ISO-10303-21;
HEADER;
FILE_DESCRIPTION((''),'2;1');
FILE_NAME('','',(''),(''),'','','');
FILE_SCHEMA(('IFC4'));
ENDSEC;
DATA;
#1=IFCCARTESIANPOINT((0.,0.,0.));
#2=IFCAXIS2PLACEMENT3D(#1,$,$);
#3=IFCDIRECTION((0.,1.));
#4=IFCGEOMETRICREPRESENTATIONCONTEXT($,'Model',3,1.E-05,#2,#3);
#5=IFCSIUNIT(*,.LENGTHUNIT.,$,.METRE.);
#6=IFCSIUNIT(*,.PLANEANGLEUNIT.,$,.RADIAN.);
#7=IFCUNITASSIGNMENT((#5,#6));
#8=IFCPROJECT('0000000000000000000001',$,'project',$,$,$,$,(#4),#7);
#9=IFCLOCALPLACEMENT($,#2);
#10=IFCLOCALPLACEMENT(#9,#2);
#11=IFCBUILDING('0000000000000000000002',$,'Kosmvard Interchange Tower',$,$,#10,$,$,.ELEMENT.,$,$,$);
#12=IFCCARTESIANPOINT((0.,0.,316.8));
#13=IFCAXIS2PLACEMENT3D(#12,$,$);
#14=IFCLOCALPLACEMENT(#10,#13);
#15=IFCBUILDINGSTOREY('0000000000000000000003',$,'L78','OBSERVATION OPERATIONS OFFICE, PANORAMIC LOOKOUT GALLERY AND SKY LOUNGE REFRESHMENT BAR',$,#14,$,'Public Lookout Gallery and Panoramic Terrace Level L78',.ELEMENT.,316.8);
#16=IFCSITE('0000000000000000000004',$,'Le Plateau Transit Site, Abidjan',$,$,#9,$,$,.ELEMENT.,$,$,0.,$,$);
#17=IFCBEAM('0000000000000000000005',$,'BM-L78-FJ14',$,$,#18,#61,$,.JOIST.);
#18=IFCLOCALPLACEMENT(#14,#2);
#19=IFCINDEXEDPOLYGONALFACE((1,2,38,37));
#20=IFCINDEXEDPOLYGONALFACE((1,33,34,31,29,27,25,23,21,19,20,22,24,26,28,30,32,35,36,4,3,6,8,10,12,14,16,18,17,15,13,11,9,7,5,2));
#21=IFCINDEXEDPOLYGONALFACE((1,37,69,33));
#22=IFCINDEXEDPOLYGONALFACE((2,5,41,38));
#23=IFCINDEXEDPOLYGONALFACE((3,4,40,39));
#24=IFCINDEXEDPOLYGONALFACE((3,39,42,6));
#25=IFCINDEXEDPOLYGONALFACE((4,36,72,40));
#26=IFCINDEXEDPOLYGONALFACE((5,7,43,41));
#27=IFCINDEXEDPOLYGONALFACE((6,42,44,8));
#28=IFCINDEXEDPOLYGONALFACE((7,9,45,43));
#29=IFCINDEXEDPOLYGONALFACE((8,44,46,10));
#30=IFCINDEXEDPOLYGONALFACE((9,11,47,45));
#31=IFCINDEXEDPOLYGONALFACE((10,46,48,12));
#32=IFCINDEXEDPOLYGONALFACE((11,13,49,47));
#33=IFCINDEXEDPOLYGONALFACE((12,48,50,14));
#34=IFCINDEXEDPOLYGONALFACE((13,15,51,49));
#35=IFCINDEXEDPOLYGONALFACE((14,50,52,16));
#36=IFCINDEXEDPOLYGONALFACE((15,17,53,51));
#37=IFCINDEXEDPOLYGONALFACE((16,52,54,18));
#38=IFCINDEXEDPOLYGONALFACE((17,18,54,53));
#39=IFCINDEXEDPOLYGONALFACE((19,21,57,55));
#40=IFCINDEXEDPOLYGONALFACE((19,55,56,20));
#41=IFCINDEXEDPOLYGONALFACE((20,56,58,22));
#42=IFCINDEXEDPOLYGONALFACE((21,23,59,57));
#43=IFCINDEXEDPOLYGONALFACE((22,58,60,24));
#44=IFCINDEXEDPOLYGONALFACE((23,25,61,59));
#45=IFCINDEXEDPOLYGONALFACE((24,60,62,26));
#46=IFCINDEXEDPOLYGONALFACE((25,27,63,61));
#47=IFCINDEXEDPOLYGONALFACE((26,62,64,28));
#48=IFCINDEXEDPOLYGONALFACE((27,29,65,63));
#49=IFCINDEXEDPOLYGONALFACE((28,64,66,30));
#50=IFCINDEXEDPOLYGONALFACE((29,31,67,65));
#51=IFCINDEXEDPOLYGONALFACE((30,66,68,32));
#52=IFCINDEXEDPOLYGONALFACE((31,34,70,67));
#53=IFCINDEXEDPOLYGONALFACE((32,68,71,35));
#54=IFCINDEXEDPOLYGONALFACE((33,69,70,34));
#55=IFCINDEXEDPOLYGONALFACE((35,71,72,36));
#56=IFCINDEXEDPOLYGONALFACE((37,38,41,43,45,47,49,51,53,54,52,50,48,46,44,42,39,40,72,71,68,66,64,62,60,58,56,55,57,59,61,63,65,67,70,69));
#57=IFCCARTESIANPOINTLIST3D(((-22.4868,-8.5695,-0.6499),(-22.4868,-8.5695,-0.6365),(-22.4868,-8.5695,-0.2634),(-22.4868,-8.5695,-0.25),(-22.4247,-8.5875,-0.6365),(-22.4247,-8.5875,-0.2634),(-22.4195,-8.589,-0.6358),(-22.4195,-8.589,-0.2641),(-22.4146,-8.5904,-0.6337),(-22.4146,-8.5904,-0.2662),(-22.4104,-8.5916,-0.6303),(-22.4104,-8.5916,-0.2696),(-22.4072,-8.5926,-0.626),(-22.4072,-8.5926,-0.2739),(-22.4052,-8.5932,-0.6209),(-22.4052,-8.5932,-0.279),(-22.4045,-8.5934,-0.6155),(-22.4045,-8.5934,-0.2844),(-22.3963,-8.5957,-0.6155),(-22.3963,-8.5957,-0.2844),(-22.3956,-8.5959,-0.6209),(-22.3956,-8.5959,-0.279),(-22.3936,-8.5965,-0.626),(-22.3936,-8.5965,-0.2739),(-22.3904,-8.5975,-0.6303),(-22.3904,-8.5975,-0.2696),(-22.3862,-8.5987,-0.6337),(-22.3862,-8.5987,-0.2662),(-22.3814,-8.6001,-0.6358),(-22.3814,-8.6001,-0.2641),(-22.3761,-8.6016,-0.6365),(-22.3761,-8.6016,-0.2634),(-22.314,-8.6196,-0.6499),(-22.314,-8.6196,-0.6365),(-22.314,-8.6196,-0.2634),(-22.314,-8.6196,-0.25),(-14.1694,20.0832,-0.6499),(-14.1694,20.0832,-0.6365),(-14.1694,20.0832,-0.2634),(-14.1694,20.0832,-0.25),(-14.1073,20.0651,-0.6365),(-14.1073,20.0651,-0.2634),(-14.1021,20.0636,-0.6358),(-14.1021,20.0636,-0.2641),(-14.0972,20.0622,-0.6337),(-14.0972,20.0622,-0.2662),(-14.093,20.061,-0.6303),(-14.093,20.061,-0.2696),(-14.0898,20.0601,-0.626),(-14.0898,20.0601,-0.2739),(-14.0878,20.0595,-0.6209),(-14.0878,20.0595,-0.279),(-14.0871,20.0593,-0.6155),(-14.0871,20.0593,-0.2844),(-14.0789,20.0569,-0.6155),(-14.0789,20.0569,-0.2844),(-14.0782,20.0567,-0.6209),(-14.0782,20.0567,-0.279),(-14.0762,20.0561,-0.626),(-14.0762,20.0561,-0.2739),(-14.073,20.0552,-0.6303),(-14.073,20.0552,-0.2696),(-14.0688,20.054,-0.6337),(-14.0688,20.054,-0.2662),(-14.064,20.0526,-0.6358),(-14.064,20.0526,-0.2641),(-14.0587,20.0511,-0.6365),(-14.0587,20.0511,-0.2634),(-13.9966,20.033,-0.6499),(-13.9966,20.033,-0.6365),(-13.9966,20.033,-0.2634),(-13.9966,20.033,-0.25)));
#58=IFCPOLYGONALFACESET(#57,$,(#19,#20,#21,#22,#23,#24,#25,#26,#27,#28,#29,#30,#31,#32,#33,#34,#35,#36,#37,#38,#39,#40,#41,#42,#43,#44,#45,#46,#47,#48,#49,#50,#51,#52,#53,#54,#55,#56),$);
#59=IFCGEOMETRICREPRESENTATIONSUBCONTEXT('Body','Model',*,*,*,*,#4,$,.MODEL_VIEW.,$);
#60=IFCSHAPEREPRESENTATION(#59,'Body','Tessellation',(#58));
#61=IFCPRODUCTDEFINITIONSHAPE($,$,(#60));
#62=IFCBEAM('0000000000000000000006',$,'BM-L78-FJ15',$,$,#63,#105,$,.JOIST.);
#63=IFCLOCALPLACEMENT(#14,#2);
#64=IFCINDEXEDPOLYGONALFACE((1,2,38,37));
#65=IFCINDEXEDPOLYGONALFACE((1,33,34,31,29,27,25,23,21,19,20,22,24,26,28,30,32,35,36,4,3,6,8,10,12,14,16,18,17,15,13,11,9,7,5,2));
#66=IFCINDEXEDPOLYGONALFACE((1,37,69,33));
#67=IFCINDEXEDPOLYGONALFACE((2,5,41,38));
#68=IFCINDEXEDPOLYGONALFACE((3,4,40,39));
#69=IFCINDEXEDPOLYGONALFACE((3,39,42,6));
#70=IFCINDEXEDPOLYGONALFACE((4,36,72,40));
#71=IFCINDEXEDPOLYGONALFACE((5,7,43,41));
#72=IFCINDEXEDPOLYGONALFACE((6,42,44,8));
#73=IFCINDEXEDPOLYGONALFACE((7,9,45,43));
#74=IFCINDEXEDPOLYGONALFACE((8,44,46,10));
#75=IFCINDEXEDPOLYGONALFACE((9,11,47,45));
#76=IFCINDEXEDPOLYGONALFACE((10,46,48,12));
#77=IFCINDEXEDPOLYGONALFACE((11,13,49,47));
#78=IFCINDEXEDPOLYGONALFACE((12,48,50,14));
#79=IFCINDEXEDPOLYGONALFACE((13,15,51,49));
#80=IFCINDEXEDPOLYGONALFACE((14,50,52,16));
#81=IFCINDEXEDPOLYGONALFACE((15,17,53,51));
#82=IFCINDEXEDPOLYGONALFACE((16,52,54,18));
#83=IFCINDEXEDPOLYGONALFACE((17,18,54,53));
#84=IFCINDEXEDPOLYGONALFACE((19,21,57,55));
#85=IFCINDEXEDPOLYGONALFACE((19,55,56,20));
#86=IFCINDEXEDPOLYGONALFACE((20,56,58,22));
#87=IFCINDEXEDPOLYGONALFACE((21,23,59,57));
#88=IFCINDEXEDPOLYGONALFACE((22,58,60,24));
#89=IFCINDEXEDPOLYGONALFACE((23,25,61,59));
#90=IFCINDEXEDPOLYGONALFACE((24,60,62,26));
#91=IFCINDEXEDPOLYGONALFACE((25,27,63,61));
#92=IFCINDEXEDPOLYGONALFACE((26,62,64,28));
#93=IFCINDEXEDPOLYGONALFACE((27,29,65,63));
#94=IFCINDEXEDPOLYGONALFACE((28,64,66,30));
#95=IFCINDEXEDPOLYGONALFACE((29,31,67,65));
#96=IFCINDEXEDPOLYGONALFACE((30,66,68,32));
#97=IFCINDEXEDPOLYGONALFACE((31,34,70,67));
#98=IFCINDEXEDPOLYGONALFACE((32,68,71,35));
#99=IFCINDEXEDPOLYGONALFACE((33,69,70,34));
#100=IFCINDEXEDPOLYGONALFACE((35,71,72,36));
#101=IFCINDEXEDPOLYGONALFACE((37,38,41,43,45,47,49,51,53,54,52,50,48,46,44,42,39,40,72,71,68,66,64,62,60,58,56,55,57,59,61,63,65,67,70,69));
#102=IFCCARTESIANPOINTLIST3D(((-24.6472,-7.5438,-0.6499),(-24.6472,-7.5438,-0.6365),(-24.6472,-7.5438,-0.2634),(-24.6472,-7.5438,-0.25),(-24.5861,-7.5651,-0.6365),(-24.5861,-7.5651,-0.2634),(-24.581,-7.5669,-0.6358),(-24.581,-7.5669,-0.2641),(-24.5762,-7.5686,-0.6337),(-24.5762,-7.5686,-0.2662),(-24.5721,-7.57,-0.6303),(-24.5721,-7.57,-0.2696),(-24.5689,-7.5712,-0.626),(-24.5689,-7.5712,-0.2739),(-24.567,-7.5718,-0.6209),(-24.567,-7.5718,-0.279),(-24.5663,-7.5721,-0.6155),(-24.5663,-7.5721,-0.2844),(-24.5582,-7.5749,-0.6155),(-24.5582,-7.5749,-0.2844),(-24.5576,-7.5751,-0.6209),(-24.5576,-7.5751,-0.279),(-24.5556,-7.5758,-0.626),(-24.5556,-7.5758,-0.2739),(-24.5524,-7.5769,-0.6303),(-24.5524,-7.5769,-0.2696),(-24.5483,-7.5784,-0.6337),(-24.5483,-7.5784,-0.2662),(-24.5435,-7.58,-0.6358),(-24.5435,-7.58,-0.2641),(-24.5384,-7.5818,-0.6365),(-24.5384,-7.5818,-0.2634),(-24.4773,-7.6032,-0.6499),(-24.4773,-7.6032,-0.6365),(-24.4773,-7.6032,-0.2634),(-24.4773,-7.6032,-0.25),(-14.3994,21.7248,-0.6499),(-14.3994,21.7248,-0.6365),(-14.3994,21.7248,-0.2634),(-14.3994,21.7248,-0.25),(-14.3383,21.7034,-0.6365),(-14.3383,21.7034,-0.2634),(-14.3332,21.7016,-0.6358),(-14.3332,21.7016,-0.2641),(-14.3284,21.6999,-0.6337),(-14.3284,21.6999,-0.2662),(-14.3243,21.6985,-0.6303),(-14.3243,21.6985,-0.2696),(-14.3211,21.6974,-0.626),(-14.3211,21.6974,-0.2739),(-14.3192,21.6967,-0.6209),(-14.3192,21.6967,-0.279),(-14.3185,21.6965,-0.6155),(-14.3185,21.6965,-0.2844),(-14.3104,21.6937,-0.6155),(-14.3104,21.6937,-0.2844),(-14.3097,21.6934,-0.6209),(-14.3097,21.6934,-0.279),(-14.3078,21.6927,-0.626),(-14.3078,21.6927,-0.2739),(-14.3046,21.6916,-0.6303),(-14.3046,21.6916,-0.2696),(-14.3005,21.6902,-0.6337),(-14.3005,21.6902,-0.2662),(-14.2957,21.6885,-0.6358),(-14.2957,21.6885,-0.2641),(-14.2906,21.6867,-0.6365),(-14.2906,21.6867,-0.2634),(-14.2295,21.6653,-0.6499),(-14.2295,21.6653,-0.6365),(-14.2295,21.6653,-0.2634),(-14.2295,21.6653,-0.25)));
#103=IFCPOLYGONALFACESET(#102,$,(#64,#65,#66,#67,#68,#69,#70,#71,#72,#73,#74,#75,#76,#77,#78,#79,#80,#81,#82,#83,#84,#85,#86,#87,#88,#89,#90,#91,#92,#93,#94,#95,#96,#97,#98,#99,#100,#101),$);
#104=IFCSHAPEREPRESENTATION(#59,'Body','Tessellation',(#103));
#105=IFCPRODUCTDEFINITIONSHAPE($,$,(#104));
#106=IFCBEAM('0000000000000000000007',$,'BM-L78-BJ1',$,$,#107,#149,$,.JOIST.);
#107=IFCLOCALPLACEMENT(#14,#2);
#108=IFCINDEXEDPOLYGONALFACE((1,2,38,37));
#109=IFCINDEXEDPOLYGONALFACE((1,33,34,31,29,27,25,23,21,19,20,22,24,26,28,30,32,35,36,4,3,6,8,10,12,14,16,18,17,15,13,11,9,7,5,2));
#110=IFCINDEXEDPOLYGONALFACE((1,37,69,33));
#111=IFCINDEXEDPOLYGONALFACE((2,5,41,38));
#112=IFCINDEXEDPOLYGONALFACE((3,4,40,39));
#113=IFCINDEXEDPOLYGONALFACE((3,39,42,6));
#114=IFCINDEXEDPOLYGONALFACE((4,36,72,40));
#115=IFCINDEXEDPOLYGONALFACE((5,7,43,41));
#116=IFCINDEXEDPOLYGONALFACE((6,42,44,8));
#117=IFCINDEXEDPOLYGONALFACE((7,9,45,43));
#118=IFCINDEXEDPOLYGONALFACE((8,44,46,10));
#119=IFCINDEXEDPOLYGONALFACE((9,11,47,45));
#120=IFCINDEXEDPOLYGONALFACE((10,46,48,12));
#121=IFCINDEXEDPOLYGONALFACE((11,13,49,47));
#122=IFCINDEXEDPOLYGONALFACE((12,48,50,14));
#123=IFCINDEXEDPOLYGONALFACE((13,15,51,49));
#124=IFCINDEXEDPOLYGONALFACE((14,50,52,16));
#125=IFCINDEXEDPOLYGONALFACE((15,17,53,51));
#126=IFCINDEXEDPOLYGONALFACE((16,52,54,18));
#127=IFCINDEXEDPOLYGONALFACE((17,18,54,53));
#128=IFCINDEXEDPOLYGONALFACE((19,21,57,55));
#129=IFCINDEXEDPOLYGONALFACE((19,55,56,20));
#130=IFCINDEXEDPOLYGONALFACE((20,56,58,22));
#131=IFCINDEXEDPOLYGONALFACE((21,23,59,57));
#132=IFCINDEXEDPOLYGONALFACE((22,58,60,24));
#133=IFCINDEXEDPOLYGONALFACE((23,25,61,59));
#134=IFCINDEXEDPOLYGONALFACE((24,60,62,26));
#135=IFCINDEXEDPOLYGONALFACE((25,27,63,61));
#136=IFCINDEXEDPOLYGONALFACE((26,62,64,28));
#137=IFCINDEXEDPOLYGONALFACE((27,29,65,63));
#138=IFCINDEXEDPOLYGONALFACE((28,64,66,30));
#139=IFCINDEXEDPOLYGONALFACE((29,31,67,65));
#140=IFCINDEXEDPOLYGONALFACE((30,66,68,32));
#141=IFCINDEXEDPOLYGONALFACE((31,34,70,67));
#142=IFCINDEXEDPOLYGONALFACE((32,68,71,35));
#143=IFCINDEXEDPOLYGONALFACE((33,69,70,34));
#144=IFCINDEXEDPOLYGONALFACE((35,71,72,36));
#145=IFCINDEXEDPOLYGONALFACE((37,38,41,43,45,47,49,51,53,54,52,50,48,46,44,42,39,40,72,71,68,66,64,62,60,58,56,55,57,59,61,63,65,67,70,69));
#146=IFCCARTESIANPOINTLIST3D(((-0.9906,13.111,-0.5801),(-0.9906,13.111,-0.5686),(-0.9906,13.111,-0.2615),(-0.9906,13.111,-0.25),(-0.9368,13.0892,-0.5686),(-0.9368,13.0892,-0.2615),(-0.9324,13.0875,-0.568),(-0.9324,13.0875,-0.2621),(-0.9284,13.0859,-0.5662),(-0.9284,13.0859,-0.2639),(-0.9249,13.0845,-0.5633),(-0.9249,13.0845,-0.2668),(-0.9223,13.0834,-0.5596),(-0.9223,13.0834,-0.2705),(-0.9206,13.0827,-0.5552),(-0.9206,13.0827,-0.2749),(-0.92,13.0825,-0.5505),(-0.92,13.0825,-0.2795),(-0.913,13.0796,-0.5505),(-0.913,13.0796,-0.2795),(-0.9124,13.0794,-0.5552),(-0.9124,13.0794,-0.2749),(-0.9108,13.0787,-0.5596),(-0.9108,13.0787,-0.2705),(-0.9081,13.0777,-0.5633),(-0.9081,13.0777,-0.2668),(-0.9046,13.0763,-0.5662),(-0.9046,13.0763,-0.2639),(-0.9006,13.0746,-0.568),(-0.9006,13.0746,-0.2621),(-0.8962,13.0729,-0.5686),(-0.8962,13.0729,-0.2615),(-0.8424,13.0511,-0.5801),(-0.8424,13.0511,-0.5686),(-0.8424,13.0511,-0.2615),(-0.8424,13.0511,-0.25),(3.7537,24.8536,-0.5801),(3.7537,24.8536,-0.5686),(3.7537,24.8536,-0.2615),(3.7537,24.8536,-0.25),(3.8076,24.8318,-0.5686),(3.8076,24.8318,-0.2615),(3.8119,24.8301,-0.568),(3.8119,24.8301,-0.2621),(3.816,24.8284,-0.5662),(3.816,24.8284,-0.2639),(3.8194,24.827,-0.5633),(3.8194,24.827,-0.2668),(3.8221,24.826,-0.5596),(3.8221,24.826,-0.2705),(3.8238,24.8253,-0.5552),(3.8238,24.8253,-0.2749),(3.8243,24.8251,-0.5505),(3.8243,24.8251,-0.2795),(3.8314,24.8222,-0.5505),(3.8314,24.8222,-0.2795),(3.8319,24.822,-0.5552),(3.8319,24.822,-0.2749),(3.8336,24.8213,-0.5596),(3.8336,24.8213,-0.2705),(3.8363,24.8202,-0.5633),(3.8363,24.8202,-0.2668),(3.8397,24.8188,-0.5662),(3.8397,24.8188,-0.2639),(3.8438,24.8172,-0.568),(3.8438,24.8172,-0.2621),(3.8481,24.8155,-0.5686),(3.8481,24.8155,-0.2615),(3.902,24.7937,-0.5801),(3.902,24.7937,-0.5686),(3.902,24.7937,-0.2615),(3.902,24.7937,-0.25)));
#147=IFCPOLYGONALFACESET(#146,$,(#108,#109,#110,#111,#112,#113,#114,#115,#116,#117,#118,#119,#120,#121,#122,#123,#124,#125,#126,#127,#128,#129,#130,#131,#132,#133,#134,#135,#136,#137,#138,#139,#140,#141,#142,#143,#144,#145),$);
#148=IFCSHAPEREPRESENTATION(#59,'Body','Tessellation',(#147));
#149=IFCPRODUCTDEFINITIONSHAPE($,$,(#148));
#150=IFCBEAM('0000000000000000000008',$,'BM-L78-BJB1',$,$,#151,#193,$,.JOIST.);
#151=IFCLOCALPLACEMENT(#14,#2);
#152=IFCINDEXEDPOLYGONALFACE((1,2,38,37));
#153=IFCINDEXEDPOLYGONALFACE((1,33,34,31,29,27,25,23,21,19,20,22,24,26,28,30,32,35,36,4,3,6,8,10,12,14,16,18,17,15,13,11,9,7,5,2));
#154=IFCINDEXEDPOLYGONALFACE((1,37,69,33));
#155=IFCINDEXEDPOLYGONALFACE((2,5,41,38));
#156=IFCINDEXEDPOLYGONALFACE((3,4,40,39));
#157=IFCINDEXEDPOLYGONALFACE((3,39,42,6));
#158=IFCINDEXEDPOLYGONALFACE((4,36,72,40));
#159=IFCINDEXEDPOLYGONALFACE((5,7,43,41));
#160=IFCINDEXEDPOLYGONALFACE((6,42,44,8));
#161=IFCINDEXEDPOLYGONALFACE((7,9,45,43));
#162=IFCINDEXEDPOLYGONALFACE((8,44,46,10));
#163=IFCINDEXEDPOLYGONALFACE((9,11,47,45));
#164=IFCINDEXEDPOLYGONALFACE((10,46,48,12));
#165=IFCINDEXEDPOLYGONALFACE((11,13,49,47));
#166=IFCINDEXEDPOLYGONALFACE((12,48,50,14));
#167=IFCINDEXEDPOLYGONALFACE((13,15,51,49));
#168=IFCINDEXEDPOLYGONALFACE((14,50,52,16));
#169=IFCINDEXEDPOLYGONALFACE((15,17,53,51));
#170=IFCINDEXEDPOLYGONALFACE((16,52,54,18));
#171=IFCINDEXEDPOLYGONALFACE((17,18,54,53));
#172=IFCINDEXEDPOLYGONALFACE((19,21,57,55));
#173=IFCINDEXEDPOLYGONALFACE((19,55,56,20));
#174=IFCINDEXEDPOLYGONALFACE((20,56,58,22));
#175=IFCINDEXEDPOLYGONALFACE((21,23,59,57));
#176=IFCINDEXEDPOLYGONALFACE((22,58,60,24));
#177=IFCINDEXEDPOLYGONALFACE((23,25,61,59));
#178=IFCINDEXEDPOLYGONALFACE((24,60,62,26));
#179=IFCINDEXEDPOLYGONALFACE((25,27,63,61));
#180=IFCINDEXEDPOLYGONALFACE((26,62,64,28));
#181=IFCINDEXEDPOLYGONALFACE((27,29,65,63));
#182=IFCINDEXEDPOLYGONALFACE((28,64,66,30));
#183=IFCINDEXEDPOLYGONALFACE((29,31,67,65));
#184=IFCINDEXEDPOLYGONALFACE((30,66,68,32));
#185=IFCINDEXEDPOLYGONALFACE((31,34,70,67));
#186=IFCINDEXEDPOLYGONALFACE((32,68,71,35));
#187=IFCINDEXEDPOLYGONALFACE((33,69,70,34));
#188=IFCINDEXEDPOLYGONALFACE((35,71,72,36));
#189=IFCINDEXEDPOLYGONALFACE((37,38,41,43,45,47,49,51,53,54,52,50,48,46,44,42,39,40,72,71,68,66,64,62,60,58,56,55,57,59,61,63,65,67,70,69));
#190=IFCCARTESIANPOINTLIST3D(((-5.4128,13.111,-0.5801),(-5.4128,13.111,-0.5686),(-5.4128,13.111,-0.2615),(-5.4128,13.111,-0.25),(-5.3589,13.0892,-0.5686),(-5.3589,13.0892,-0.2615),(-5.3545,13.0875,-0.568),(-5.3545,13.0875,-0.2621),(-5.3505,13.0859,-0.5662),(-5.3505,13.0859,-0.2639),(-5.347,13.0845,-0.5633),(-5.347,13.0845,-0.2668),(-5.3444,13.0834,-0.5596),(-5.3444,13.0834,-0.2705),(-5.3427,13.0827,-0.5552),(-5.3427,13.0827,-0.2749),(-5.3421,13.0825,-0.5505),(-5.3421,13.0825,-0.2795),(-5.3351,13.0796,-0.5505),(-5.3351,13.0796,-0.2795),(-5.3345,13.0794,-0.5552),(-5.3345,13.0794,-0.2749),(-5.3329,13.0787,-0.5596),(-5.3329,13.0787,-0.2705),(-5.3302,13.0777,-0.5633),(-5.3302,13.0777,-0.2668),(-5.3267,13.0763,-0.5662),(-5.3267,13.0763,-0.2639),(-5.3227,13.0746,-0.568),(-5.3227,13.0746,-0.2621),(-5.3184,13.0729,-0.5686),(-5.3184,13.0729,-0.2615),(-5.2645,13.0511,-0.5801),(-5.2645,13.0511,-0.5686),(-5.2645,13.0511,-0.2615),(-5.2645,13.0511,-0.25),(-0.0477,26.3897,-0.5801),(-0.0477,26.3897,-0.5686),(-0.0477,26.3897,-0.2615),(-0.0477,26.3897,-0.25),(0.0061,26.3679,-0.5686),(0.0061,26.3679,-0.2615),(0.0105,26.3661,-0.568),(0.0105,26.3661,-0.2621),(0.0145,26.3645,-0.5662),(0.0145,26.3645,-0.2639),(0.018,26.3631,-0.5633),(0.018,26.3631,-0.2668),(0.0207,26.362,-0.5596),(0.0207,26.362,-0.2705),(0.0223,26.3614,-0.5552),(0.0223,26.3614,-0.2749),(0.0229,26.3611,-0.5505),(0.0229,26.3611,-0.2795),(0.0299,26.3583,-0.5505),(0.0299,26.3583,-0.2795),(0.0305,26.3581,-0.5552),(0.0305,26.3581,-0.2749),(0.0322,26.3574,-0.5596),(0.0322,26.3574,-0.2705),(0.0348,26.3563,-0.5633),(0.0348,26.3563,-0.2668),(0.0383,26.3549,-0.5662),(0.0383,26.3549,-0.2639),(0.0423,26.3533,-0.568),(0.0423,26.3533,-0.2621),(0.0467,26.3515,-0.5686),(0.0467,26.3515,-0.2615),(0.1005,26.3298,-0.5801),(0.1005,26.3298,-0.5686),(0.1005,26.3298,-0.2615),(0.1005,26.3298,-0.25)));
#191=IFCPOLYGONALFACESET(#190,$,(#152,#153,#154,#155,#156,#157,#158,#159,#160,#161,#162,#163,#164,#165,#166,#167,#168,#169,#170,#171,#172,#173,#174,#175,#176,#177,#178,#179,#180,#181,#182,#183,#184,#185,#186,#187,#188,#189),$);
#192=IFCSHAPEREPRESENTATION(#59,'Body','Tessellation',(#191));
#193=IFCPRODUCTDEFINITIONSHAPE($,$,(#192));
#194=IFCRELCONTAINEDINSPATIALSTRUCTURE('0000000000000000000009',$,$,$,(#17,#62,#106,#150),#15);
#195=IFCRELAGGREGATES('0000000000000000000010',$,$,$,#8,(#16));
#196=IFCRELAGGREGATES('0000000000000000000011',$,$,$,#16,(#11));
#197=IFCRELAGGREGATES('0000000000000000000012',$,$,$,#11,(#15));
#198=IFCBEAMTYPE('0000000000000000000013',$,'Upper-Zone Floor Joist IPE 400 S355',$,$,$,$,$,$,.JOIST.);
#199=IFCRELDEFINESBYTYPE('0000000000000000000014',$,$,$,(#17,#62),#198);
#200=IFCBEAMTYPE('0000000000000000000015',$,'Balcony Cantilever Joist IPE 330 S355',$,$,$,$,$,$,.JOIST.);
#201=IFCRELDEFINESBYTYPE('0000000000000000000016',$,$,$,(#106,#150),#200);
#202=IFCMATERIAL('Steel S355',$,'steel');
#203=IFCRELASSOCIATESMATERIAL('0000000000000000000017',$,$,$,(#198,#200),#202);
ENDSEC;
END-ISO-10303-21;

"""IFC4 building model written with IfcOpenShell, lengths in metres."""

from ifc_helpers import new_model, si_unit, direction, frame, origin, origin_2d, place, context, subcontext, project, spatial, i_section, extrude, source, transform, mapped, material, material_profile, profile_set, type_object, element, save


model = new_model("IFC4")

# Units and contexts
model_context = context("Model", 3, precision=1e-05, world=origin(), true_north=direction((0.0, 1.0)))
body_context = subcontext(model_context, "Body", "Model", "MODEL_VIEW")
ifc_project = project(units=[si_unit("LENGTHUNIT", "METRE"), si_unit("PLANEANGLEUNIT", "RADIAN")], contexts=[model_context])

# Site, building, storey
site_placement = place(None, origin())
site = spatial("IfcSite", under=ifc_project, at=site_placement, Name="Le Plateau Transit Site, Abidjan", CompositionType="ELEMENT", RefElevation=0.0)
building_placement = place(site_placement, origin())
building = spatial("IfcBuilding", under=site, at=building_placement, Name="Kosmvard Interchange Tower", CompositionType="ELEMENT")
storey_placement = place(building_placement, frame((0.0, 0.0, 316.8)))
storey = spatial("IfcBuildingStorey", under=building, at=storey_placement, Name="L78", Description="OBSERVATION OPERATIONS OFFICE, PANORAMIC LOOKOUT GALLERY AND SKY LOUNGE REFRESHMENT BAR", LongName="Public Lookout Gallery and Panoramic Terrace Level L78", CompositionType="ELEMENT", Elevation=316.8)

# Beams
ifc_material_1 = material(Name="Steel S355", Category="steel")
ifc_material_profile_1 = material_profile(ifc_material_1, i_section(OverallWidth=0.1799, OverallDepth=0.3999, WebThickness=0.0085, FlangeThickness=0.0134, FilletRadius=0.021, at=origin_2d()), Name="IPE 400")
ifc_profile_set_1 = profile_set([ifc_material_profile_1], Name="Steel S355")
beam_type_1 = type_object("IfcBeamType", Name="Upper-Zone Floor Joist IPE 400 S355", PredefinedType="JOIST", material=ifc_profile_set_1)
shared_shape_1 = source(origin(), body_context, "Body", "SweptSolid", [
    extrude(i_section(OverallWidth=0.1799, OverallDepth=0.3999, WebThickness=0.0085, FlangeThickness=0.0134, FilletRadius=0.021, at=origin_2d()), origin(), (0.0, 0.0, 1.0), 29.8354),
])
beam_1_placement = place(storey_placement, frame((-14.083, 20.0581, -0.45), z_axis=(-0.278776, -0.960356, 0.0), x_axis=(0.960356, -0.278776, 0.0)))
element("IfcBeam", 1, at=beam_1_placement, inside=storey, type_object=beam_type_1, Name="BM-L78-FJ14", PredefinedType="JOIST", context=body_context, shape_type="MappedRepresentation", body=[
    mapped(shared_shape_1, transform((0.0, 0.0, 0.0), scale=1.0)),
])
shared_shape_2 = source(origin(), body_context, "Body", "SweptSolid", [
    extrude(i_section(OverallWidth=0.1799, OverallDepth=0.3999, WebThickness=0.0085, FlangeThickness=0.0134, FilletRadius=0.021, at=origin_2d()), origin(), (0.0, 0.0, 1.0), 31.0107),
])
beam_2_placement = place(storey_placement, frame((-14.3145, 21.6951, -0.45), z_axis=(-0.33046, -0.94382, 0.0), x_axis=(0.94382, -0.33046, 0.0)))
element("IfcBeam", 2, at=beam_2_placement, inside=storey, type_object=beam_type_1, Name="BM-L78-FJ15", PredefinedType="JOIST", context=body_context, shape_type="MappedRepresentation", body=[
    mapped(shared_shape_2, transform((0.0, 0.0, 0.0), scale=1.0)),
])
ifc_material_profile_2 = material_profile(ifc_material_1, i_section(OverallWidth=0.1599, OverallDepth=0.3301, WebThickness=0.0076, FlangeThickness=0.0115, FilletRadius=0.0181, at=origin_2d()), Name="IPE 330")
ifc_profile_set_2 = profile_set([ifc_material_profile_2], Name="Steel S355")
beam_type_2 = type_object("IfcBeamType", Name="Balcony Cantilever Joist IPE 330 S355", PredefinedType="JOIST", material=ifc_profile_set_2)
shared_shape_3 = source(origin(), body_context, "Body", "SweptSolid", [
    extrude(i_section(OverallWidth=0.1599, OverallDepth=0.3301, WebThickness=0.0076, FlangeThickness=0.0115, FilletRadius=0.0181, at=origin_2d()), origin(), (0.0, 0.0, 1.0), 12.6648),
])
beam_3_placement = place(storey_placement, frame((-0.9165, 13.0811, -0.415), z_axis=(0.374609, 0.927183, 0.0), x_axis=(-0.927183, 0.374609, 0.0)))
element("IfcBeam", 3, at=beam_3_placement, inside=storey, type_object=beam_type_2, Name="BM-L78-BJ1", PredefinedType="JOIST", context=body_context, shape_type="MappedRepresentation", body=[
    mapped(shared_shape_3, transform((0.0, 0.0, 0.0), scale=1.0)),
])
shared_shape_4 = source(origin(), body_context, "Body", "SweptSolid", [
    extrude(i_section(OverallWidth=0.1599, OverallDepth=0.3301, WebThickness=0.0076, FlangeThickness=0.0115, FilletRadius=0.0181, at=origin_2d()), origin(), (0.0, 0.0, 1.0), 14.3215),
])
beam_4_placement = place(storey_placement, frame((-5.3386, 13.0811, -0.415), z_axis=(0.374613, 0.927181, 0.0), x_axis=(-0.927181, 0.374613, 0.0)))
element("IfcBeam", 4, at=beam_4_placement, inside=storey, type_object=beam_type_2, Name="BM-L78-BJB1", PredefinedType="JOIST", context=body_context, shape_type="MappedRepresentation", body=[
    mapped(shared_shape_4, transform((0.0, 0.0, 0.0), scale=1.0)),
])

save(model, "model.ifc")
